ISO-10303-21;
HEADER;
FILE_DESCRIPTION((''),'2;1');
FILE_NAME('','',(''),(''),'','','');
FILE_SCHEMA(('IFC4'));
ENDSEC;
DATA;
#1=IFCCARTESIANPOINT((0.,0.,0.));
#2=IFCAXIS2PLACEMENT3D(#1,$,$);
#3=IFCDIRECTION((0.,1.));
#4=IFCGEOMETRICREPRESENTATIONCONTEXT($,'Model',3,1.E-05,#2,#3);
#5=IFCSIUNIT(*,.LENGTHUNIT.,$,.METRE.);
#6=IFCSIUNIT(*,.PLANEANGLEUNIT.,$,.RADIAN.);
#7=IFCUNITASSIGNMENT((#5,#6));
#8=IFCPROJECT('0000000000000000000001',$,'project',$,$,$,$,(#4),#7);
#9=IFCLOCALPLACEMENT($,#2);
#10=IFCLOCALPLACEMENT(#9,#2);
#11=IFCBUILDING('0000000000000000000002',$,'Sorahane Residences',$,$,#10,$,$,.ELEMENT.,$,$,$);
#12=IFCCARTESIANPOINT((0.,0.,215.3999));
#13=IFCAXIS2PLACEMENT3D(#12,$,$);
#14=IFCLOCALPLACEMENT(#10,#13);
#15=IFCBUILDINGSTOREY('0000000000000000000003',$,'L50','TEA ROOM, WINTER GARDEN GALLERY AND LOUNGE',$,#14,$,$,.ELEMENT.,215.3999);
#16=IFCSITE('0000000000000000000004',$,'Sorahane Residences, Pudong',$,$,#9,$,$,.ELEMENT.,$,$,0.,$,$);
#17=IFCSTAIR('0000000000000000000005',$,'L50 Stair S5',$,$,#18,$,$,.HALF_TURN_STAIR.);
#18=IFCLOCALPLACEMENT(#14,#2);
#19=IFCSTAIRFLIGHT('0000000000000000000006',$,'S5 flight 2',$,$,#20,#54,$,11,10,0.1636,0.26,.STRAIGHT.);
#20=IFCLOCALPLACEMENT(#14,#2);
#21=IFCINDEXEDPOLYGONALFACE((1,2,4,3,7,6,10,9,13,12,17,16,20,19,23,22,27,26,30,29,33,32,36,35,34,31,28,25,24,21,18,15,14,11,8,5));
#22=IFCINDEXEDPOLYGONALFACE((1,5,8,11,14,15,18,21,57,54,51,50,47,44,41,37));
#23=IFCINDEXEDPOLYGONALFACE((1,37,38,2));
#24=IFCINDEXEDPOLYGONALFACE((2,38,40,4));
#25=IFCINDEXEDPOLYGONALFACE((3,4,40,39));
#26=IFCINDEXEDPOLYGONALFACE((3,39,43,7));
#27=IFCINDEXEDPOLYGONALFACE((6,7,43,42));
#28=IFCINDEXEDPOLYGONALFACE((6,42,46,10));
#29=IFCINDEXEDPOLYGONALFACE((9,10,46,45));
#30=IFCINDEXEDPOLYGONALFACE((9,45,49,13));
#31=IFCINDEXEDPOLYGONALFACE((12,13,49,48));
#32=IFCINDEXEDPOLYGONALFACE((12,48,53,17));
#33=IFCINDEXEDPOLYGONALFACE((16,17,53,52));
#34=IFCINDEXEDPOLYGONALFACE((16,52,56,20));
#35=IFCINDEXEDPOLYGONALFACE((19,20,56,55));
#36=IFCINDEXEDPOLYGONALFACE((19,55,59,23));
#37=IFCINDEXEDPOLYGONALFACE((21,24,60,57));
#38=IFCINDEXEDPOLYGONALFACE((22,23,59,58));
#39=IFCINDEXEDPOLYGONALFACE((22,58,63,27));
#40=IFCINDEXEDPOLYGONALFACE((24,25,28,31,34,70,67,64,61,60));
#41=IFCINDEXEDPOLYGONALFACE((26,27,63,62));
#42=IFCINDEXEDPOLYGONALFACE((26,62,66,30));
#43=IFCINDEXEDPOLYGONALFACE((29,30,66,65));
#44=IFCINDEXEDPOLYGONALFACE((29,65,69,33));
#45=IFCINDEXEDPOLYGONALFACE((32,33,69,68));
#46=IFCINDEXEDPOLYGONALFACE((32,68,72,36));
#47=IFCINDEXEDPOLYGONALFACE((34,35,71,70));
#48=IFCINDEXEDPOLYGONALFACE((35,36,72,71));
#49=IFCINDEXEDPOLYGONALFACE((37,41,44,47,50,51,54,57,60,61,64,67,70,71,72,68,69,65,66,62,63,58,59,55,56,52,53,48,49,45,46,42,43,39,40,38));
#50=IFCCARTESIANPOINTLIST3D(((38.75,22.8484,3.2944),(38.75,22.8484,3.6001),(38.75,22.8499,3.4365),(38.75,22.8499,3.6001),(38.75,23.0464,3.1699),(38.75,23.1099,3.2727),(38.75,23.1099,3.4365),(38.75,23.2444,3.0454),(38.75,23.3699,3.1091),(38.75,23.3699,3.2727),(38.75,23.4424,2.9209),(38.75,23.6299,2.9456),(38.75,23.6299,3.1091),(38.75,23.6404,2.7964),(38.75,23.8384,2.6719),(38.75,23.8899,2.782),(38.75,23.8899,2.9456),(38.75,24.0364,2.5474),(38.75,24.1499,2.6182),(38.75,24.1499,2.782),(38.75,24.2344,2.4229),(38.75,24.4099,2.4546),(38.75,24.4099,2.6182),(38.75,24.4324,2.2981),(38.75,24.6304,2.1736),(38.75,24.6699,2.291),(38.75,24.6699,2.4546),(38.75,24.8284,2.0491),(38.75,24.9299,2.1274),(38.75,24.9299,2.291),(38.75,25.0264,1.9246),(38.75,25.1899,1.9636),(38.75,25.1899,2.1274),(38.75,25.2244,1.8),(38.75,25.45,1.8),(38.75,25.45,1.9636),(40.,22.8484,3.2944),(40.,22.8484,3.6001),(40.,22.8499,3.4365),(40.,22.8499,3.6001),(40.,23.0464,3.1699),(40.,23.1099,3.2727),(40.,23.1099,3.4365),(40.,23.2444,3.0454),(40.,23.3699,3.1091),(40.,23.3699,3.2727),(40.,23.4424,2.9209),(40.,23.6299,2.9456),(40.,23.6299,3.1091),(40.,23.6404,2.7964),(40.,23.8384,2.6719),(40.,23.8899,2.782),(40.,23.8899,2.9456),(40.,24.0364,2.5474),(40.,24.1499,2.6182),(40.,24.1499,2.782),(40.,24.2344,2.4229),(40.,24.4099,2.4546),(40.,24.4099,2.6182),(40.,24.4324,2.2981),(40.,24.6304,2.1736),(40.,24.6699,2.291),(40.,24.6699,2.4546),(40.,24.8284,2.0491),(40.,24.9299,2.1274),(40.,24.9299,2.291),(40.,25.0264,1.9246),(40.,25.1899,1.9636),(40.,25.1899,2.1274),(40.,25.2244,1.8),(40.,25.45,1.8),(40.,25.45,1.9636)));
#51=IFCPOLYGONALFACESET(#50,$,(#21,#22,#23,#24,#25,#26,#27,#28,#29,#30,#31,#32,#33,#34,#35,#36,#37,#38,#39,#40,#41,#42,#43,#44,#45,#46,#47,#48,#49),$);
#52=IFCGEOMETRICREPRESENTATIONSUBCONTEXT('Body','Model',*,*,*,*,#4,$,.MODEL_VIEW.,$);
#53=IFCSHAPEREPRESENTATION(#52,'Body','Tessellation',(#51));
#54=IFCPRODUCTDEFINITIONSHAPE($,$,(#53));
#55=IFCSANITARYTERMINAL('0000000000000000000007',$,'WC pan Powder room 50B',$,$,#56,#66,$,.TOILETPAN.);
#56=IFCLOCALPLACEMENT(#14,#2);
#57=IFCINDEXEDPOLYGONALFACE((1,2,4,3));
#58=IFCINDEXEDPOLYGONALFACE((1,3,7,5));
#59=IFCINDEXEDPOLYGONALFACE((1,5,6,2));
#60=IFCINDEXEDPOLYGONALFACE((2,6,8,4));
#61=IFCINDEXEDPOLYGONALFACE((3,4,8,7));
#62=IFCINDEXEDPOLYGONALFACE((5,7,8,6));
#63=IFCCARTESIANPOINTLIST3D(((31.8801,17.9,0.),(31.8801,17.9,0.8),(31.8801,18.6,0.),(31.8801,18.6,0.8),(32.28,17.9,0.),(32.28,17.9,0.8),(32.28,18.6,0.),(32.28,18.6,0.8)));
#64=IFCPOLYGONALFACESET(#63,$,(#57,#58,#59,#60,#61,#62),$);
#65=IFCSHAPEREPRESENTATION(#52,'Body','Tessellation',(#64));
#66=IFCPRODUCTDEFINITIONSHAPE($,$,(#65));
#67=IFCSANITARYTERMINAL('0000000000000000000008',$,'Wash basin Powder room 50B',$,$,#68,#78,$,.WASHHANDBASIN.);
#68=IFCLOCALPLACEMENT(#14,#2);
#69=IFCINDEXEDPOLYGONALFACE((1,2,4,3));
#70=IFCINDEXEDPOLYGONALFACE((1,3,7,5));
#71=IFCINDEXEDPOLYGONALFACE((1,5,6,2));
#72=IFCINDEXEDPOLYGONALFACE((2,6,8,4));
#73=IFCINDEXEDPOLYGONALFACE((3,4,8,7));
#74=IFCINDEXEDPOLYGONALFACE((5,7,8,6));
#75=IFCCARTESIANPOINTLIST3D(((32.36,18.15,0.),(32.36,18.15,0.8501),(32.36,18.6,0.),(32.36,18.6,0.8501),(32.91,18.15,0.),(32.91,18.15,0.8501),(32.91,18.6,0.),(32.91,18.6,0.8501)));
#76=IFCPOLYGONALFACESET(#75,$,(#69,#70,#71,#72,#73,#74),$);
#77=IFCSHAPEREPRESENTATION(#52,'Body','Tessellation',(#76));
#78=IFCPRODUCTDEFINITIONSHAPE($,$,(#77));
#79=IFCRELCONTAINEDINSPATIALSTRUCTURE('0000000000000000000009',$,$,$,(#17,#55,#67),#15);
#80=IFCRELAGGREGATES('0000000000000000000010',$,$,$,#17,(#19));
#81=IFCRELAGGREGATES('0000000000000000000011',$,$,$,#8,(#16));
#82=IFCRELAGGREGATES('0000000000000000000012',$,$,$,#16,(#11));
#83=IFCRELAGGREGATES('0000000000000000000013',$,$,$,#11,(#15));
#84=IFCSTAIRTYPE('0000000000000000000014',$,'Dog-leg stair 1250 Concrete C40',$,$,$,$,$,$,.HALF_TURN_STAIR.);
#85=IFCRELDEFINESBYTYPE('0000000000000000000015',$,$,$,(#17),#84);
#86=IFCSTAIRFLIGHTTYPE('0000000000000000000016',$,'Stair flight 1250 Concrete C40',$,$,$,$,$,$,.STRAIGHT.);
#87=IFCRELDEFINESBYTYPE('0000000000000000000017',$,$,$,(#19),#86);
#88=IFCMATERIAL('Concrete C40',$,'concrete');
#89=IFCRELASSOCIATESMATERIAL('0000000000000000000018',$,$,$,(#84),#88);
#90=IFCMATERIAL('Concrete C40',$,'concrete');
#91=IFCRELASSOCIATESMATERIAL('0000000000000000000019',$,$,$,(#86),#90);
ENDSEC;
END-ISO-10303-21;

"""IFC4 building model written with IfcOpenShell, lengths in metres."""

from ifc_helpers import new_model, si_unit, direction, frame, origin, origin_2d, place, context, subcontext, project, spatial, polyline, rectangle, outline, extrude, material, type_object, element, aggregate, save


model = new_model("IFC4")

# Units and contexts
model_context = context("Model", 3, precision=1e-05, world=origin(), true_north=direction((0.0, 1.0)))
body_context = subcontext(model_context, "Body", "Model", "MODEL_VIEW")
ifc_project = project(units=[si_unit("LENGTHUNIT", "METRE"), si_unit("PLANEANGLEUNIT", "RADIAN")], contexts=[model_context])

# Site, building, storey
site_placement = place(None, origin())
site = spatial("IfcSite", under=ifc_project, at=site_placement, Name="Sorahane Residences, Pudong", CompositionType="ELEMENT", RefElevation=0.0)
building_placement = place(site_placement, origin())
building = spatial("IfcBuilding", under=site, at=building_placement, Name="Sorahane Residences", CompositionType="ELEMENT")
storey_placement = place(building_placement, frame((0.0, 0.0, 215.3999)))
storey = spatial("IfcBuildingStorey", under=building, at=storey_placement, Name="L50", Description="TEA ROOM, WINTER GARDEN GALLERY AND LOUNGE", CompositionType="ELEMENT", Elevation=215.3999)

# Stair, stair flight
ifc_material_1 = material(Name="Concrete C40", Category="concrete")
stair_type = type_object("IfcStairType", Name="Dog-leg stair 1250 Concrete C40", PredefinedType="HALF_TURN_STAIR", material=ifc_material_1)
stair_placement = place(storey_placement, origin())
stair = element("IfcStair", 1, at=stair_placement, inside=storey, type_object=stair_type, Name="L50 Stair S5", PredefinedType="HALF_TURN_STAIR")
ifc_material_2 = material(Name="Concrete C40", Category="concrete")
stair_flight_type = type_object("IfcStairFlightType", Name="Stair flight 1250 Concrete C40", PredefinedType="STRAIGHT", material=ifc_material_2)
stair_flight_placement = place(storey_placement, frame((39.375, 25.45, 1.8), z_axis=(0.0, 0.0, 1.0), x_axis=(0.0, -1.0, 0.0)))
stair_flight = element("IfcStairFlight", 2, at=stair_flight_placement, type_object=stair_flight_type, Name="S5 flight 2", NumberOfRisers=11, NumberOfTreads=10, PredefinedType="STRAIGHT", RiserHeight=0.1636, TreadLength=0.26, context=body_context, shape_type="SweptSolid", body=[
    extrude(outline(polyline([(0.0, 0.0), (0.0, 0.1636), (0.26, 0.1636), (0.26, 0.3274), (0.52, 0.3274), (0.52, 0.491), (0.78, 0.491), (0.78, 0.6545), (1.04, 0.6545), (1.04, 0.8181), (1.3, 0.8181), (1.3, 0.9819), (1.5601, 0.9819), (1.5601, 1.1455), (1.8201, 1.1455), (1.8201, 1.3091), (2.0801, 1.3091), (2.0801, 1.4727), (2.3401, 1.4727), (2.3401, 1.6365), (2.6001, 1.6365), (2.6001, 1.8), (2.6016, 1.8), (2.6016, 1.4944), (2.4036, 1.3699), (2.2056, 1.2454), (2.0076, 1.1208), (1.8096, 0.9963), (1.6116, 0.8718), (1.4136, 0.7473), (1.2156, 0.6228), (1.0176, 0.498), (0.8196, 0.3735), (0.6216, 0.249), (0.4236, 0.1245), (0.2256, 0.0), (0.0, 0.0)])), frame((0.0, 0.625, 0.0), z_axis=(0.0, -1.0, 0.0), x_axis=(1.0, 0.0, 0.0)), (0.0, 0.0, 1.0), 1.25),
])
aggregate(stair, [stair_flight])

# Sanitary terminals
sanitary_terminal_1_placement = place(storey_placement, frame((32.0801, 18.25, 0.0), z_axis=(0.0, 0.0, 1.0), x_axis=(1.0, 0.0, 0.0)))
element("IfcSanitaryTerminal", 3, at=sanitary_terminal_1_placement, inside=storey, Name="WC pan Powder room 50B", PredefinedType="TOILETPAN", context=body_context, shape_type="SweptSolid", body=[
    extrude(rectangle(XDim=0.3999, YDim=0.7, at=origin_2d()), origin(), (0.0, 0.0, 1.0), 0.8),
])
sanitary_terminal_2_placement = place(storey_placement, frame((32.635, 18.375, 0.0), z_axis=(0.0, 0.0, 1.0), x_axis=(1.0, 0.0, 0.0)))
element("IfcSanitaryTerminal", 4, at=sanitary_terminal_2_placement, inside=storey, Name="Wash basin Powder room 50B", PredefinedType="WASHHANDBASIN", context=body_context, shape_type="SweptSolid", body=[
    extrude(rectangle(XDim=0.55, YDim=0.45, at=origin_2d()), origin(), (0.0, 0.0, 1.0), 0.8501),
])

save(model, "model.ifc")
